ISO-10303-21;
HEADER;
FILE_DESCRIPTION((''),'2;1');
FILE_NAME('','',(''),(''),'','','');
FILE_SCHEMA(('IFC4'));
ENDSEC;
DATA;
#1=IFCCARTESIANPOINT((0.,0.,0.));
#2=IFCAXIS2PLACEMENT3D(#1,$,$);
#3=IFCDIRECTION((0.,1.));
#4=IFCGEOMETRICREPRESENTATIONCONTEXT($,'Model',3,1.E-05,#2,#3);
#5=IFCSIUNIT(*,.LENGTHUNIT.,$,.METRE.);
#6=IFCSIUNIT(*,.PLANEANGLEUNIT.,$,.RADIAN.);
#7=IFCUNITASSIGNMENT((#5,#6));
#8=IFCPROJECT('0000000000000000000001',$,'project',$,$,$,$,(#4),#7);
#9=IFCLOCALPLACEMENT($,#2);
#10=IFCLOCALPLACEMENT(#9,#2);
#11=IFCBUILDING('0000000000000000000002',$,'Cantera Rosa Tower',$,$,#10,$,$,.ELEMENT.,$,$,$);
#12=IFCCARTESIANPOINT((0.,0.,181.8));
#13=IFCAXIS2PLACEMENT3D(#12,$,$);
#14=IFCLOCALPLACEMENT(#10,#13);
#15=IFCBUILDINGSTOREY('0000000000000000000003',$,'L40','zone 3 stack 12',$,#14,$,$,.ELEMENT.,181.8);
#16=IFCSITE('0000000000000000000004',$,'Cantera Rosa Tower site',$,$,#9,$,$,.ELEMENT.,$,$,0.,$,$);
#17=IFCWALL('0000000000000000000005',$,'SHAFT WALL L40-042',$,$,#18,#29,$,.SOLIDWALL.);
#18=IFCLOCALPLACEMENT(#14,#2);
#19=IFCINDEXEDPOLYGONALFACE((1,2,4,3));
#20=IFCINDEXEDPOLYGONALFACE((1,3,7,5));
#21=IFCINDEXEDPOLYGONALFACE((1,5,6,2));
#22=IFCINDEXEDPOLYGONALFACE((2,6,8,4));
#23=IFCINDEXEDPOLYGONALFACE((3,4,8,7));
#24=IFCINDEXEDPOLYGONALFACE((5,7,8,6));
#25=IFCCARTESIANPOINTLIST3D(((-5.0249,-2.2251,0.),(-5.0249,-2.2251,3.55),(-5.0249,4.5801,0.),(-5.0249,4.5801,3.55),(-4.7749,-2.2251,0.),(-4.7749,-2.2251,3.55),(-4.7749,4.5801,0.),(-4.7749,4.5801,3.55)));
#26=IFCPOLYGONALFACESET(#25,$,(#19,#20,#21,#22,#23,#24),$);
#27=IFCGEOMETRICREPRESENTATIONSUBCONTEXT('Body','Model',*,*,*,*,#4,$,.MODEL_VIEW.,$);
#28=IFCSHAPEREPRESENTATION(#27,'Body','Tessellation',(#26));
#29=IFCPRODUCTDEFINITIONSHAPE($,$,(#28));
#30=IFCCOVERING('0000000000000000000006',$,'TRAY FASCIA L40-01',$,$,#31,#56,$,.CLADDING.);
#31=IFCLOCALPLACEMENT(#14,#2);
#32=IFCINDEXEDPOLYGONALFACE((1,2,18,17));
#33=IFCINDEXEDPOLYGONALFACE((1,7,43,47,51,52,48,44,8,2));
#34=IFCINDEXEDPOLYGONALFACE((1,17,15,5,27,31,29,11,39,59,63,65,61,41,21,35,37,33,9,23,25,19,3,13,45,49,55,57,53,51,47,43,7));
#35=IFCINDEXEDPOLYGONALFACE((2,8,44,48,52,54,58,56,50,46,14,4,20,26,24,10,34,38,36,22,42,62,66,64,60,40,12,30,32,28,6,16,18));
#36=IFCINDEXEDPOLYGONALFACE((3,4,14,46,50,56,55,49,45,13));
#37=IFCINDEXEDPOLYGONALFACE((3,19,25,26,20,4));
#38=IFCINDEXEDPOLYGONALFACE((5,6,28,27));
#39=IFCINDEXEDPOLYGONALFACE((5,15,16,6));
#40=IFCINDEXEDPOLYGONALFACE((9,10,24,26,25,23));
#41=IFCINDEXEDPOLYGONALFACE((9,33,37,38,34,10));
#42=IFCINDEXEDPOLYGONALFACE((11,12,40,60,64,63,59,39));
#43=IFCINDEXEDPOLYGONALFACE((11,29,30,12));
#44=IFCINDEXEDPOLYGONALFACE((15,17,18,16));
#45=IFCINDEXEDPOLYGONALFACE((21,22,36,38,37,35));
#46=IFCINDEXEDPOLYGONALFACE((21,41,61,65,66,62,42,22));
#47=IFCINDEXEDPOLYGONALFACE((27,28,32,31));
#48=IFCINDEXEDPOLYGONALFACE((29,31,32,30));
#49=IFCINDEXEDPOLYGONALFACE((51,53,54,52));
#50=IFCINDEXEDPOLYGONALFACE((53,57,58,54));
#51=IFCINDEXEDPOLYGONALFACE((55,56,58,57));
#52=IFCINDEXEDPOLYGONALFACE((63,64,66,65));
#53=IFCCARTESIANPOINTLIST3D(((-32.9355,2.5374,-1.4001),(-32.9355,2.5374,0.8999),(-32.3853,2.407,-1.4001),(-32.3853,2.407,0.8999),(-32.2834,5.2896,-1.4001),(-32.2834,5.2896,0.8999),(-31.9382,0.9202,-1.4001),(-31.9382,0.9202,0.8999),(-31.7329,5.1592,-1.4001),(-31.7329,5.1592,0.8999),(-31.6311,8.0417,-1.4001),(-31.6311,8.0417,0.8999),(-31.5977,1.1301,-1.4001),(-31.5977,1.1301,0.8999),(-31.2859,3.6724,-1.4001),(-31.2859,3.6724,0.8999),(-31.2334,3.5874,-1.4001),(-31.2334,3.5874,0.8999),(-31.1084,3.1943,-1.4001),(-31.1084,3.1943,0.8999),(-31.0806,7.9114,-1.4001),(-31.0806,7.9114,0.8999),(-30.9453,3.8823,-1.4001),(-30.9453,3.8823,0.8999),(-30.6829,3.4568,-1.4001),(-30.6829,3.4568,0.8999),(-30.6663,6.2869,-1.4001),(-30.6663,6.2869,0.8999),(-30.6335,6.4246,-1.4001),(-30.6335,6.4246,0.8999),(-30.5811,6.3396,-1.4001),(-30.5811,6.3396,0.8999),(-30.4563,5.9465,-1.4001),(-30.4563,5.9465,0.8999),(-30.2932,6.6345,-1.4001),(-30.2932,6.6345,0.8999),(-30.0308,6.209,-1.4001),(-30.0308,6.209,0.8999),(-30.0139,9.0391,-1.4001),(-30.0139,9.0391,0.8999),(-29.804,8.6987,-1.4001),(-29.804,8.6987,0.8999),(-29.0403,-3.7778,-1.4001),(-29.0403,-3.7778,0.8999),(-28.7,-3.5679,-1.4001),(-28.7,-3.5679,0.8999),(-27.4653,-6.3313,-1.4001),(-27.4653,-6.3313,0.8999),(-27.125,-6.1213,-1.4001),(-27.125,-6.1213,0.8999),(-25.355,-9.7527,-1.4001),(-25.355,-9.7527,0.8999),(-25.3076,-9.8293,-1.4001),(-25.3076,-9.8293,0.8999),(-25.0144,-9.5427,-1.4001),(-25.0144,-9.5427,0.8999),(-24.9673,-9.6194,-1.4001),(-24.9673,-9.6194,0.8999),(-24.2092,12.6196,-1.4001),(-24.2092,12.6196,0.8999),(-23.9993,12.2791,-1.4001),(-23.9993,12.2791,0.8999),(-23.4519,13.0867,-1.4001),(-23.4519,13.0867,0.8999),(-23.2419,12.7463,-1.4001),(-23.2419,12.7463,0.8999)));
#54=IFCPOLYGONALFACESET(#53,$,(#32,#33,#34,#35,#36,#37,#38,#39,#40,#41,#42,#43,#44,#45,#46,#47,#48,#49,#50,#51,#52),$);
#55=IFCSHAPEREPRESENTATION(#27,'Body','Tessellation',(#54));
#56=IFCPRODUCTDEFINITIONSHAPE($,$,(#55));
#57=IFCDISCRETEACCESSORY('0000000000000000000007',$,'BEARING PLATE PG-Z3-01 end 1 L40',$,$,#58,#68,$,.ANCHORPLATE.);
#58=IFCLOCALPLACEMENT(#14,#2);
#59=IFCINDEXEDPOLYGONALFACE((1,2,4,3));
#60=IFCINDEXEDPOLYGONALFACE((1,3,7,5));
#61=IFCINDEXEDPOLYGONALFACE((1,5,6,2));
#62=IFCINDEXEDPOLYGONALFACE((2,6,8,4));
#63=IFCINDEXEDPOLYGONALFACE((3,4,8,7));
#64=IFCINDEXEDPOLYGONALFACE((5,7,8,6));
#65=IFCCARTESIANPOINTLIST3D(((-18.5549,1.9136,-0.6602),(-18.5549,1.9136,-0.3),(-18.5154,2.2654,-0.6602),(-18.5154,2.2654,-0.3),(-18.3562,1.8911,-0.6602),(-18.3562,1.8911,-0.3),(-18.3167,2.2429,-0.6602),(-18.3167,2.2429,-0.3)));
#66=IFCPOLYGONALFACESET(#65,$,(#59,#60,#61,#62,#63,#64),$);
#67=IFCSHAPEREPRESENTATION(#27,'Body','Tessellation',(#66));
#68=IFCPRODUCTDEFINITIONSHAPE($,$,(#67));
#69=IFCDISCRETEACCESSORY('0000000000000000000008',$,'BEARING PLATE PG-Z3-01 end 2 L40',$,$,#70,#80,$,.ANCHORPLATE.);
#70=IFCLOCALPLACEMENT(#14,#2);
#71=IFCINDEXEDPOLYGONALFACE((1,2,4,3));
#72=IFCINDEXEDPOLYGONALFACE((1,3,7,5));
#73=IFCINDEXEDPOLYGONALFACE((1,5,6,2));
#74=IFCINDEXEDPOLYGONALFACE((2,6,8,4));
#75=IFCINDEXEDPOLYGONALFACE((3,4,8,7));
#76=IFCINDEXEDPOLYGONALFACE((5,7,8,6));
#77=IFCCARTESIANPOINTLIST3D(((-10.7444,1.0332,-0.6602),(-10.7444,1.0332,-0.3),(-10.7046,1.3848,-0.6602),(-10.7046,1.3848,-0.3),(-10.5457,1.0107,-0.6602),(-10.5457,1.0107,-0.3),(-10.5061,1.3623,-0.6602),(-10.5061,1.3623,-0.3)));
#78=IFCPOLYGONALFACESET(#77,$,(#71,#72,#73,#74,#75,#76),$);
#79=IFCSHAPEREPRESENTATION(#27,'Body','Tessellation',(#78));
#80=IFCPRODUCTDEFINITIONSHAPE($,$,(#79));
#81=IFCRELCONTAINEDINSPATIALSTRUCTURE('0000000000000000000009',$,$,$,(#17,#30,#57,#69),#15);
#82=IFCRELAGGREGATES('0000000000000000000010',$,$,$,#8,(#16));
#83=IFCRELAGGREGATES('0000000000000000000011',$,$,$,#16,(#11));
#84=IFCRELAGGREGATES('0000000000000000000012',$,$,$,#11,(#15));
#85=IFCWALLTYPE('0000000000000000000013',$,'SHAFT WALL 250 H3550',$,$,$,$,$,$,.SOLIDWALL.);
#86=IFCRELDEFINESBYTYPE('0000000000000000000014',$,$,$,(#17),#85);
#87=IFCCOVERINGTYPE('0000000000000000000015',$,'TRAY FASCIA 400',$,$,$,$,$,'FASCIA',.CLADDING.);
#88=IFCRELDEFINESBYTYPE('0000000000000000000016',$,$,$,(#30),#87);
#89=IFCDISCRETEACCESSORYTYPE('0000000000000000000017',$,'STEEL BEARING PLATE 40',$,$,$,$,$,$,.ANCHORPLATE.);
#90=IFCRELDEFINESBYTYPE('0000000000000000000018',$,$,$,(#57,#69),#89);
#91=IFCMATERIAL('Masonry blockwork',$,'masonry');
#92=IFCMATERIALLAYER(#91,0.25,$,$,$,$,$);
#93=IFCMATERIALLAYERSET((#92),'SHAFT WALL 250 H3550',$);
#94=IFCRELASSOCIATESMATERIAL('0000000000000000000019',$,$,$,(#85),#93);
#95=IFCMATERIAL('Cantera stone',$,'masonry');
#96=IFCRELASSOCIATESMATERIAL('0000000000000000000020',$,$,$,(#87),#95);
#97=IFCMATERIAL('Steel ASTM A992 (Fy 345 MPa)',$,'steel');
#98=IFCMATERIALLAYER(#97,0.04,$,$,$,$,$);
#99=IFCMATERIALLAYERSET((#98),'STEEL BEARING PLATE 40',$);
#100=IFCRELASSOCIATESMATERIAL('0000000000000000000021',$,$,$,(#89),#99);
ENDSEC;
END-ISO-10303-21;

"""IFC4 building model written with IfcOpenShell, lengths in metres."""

from ifc_helpers import new_model, si_unit, direction, frame, frame_2d, origin, place, context, subcontext, project, spatial, polyline, rectangle, outline, extrude, material, layer, layer_set, type_object, element, save


model = new_model("IFC4")

# Units and contexts
model_context = context("Model", 3, precision=1e-05, world=origin(), true_north=direction((0.0, 1.0)))
body_context = subcontext(model_context, "Body", "Model", "MODEL_VIEW")
ifc_project = project(units=[si_unit("LENGTHUNIT", "METRE"), si_unit("PLANEANGLEUNIT", "RADIAN")], contexts=[model_context])

# Site, building, storey
site_placement = place(None, origin())
site = spatial("IfcSite", under=ifc_project, at=site_placement, Name="Cantera Rosa Tower site", CompositionType="ELEMENT", RefElevation=0.0)
building_placement = place(site_placement, origin())
building = spatial("IfcBuilding", under=site, at=building_placement, Name="Cantera Rosa Tower", CompositionType="ELEMENT")
storey_placement = place(building_placement, frame((0.0, 0.0, 181.8)))
storey = spatial("IfcBuildingStorey", under=building, at=storey_placement, Name="L40", Description="zone 3 stack 12", CompositionType="ELEMENT", Elevation=181.8)

# Wall
ifc_material_1 = material(Name="Masonry blockwork", Category="masonry")
ifc_layer_1 = layer(ifc_material_1, 0.25)
ifc_layer_set_1 = layer_set([ifc_layer_1], Name="SHAFT WALL 250 H3550")
wall_type_1 = type_object("IfcWallType", Name="SHAFT WALL 250 H3550", PredefinedType="SOLIDWALL", material=ifc_layer_set_1)
wall_1_placement = place(storey_placement, frame((-4.8999, 4.5801, 0.0), z_axis=(0.0, 0.0, 1.0), x_axis=(0.0, -1.0, 0.0)))
element("IfcWall", 1, at=wall_1_placement, inside=storey, type_object=wall_type_1, Name="SHAFT WALL L40-042", PredefinedType="SOLIDWALL", context=body_context, shape_type="SweptSolid", body=[
    extrude(rectangle(XDim=6.8052, YDim=0.25, at=frame_2d((3.4026, 0.0))), origin(), (0.0, 0.0, 1.0), 3.55),
])

# Covering
ifc_material_2 = material(Name="Cantera stone", Category="masonry")
covering_type = type_object("IfcCoveringType", Name="TRAY FASCIA 400", ElementType="FASCIA", PredefinedType="CLADDING", material=ifc_material_2)
covering_placement = place(storey_placement, frame((0.0, 0.0, -1.4001)))
element("IfcCovering", 2, at=covering_placement, inside=storey, type_object=covering_type, Name="TRAY FASCIA L40-01", PredefinedType="CLADDING", context=body_context, shape_type="SweptSolid", body=[
    extrude(outline(polyline([(-25.355, -9.7527), (-27.4653, -6.3313), (-29.0403, -3.7778), (-31.9382, 0.9202), (-32.9355, 2.5374), (-31.2334, 3.5874), (-31.2859, 3.6724), (-32.2834, 5.2896), (-30.6663, 6.2869), (-30.5811, 6.3396), (-30.6335, 6.4246), (-31.6311, 8.0417), (-30.0139, 9.0391), (-24.2092, 12.6196), (-23.4519, 13.0867), (-23.2419, 12.7463), (-23.9993, 12.2791), (-29.804, 8.6987), (-31.0806, 7.9114), (-30.2932, 6.6345), (-30.0308, 6.209), (-30.4563, 5.9465), (-31.7329, 5.1592), (-30.9453, 3.8823), (-30.6829, 3.4568), (-31.1084, 3.1943), (-32.3853, 2.407), (-31.5977, 1.1301), (-28.7, -3.5679), (-27.125, -6.1213), (-25.0144, -9.5427), (-24.9673, -9.6194), (-25.3076, -9.8293), (-25.355, -9.7527)])), origin(), (0.0, 0.0, 1.0), 2.3),
])

# Discrete accessories
ifc_material_3 = material(Name="Steel ASTM A992 (Fy 345 MPa)", Category="steel")
ifc_layer_2 = layer(ifc_material_3, 0.04)
ifc_layer_set_2 = layer_set([ifc_layer_2], Name="STEEL BEARING PLATE 40")
discrete_accessory_type = type_object("IfcDiscreteAccessoryType", Name="STEEL BEARING PLATE 40", PredefinedType="ANCHORPLATE", material=ifc_layer_set_2)
discrete_accessory_1_placement = place(storey_placement, frame((0.0, 0.0, -0.6602)))
element("IfcDiscreteAccessory", 3, at=discrete_accessory_1_placement, inside=storey, type_object=discrete_accessory_type, Name="BEARING PLATE PG-Z3-01 end 1 L40", PredefinedType="ANCHORPLATE", context=body_context, shape_type="SweptSolid", body=[
    extrude(outline(polyline([(-18.3167, 2.2429), (-18.5154, 2.2654), (-18.5549, 1.9136), (-18.3562, 1.8911), (-18.3167, 2.2429)])), origin(), (0.0, 0.0, 1.0), 0.3601),
])
discrete_accessory_2_placement = place(storey_placement, frame((0.0, 0.0, -0.6602)))
element("IfcDiscreteAccessory", 4, at=discrete_accessory_2_placement, inside=storey, type_object=discrete_accessory_type, Name="BEARING PLATE PG-Z3-01 end 2 L40", PredefinedType="ANCHORPLATE", context=body_context, shape_type="SweptSolid", body=[
    extrude(outline(polyline([(-10.7444, 1.0332), (-10.5457, 1.0107), (-10.5061, 1.3623), (-10.7046, 1.3848), (-10.7444, 1.0332)])), origin(), (0.0, 0.0, 1.0), 0.3601),
])

save(model, "model.ifc")
